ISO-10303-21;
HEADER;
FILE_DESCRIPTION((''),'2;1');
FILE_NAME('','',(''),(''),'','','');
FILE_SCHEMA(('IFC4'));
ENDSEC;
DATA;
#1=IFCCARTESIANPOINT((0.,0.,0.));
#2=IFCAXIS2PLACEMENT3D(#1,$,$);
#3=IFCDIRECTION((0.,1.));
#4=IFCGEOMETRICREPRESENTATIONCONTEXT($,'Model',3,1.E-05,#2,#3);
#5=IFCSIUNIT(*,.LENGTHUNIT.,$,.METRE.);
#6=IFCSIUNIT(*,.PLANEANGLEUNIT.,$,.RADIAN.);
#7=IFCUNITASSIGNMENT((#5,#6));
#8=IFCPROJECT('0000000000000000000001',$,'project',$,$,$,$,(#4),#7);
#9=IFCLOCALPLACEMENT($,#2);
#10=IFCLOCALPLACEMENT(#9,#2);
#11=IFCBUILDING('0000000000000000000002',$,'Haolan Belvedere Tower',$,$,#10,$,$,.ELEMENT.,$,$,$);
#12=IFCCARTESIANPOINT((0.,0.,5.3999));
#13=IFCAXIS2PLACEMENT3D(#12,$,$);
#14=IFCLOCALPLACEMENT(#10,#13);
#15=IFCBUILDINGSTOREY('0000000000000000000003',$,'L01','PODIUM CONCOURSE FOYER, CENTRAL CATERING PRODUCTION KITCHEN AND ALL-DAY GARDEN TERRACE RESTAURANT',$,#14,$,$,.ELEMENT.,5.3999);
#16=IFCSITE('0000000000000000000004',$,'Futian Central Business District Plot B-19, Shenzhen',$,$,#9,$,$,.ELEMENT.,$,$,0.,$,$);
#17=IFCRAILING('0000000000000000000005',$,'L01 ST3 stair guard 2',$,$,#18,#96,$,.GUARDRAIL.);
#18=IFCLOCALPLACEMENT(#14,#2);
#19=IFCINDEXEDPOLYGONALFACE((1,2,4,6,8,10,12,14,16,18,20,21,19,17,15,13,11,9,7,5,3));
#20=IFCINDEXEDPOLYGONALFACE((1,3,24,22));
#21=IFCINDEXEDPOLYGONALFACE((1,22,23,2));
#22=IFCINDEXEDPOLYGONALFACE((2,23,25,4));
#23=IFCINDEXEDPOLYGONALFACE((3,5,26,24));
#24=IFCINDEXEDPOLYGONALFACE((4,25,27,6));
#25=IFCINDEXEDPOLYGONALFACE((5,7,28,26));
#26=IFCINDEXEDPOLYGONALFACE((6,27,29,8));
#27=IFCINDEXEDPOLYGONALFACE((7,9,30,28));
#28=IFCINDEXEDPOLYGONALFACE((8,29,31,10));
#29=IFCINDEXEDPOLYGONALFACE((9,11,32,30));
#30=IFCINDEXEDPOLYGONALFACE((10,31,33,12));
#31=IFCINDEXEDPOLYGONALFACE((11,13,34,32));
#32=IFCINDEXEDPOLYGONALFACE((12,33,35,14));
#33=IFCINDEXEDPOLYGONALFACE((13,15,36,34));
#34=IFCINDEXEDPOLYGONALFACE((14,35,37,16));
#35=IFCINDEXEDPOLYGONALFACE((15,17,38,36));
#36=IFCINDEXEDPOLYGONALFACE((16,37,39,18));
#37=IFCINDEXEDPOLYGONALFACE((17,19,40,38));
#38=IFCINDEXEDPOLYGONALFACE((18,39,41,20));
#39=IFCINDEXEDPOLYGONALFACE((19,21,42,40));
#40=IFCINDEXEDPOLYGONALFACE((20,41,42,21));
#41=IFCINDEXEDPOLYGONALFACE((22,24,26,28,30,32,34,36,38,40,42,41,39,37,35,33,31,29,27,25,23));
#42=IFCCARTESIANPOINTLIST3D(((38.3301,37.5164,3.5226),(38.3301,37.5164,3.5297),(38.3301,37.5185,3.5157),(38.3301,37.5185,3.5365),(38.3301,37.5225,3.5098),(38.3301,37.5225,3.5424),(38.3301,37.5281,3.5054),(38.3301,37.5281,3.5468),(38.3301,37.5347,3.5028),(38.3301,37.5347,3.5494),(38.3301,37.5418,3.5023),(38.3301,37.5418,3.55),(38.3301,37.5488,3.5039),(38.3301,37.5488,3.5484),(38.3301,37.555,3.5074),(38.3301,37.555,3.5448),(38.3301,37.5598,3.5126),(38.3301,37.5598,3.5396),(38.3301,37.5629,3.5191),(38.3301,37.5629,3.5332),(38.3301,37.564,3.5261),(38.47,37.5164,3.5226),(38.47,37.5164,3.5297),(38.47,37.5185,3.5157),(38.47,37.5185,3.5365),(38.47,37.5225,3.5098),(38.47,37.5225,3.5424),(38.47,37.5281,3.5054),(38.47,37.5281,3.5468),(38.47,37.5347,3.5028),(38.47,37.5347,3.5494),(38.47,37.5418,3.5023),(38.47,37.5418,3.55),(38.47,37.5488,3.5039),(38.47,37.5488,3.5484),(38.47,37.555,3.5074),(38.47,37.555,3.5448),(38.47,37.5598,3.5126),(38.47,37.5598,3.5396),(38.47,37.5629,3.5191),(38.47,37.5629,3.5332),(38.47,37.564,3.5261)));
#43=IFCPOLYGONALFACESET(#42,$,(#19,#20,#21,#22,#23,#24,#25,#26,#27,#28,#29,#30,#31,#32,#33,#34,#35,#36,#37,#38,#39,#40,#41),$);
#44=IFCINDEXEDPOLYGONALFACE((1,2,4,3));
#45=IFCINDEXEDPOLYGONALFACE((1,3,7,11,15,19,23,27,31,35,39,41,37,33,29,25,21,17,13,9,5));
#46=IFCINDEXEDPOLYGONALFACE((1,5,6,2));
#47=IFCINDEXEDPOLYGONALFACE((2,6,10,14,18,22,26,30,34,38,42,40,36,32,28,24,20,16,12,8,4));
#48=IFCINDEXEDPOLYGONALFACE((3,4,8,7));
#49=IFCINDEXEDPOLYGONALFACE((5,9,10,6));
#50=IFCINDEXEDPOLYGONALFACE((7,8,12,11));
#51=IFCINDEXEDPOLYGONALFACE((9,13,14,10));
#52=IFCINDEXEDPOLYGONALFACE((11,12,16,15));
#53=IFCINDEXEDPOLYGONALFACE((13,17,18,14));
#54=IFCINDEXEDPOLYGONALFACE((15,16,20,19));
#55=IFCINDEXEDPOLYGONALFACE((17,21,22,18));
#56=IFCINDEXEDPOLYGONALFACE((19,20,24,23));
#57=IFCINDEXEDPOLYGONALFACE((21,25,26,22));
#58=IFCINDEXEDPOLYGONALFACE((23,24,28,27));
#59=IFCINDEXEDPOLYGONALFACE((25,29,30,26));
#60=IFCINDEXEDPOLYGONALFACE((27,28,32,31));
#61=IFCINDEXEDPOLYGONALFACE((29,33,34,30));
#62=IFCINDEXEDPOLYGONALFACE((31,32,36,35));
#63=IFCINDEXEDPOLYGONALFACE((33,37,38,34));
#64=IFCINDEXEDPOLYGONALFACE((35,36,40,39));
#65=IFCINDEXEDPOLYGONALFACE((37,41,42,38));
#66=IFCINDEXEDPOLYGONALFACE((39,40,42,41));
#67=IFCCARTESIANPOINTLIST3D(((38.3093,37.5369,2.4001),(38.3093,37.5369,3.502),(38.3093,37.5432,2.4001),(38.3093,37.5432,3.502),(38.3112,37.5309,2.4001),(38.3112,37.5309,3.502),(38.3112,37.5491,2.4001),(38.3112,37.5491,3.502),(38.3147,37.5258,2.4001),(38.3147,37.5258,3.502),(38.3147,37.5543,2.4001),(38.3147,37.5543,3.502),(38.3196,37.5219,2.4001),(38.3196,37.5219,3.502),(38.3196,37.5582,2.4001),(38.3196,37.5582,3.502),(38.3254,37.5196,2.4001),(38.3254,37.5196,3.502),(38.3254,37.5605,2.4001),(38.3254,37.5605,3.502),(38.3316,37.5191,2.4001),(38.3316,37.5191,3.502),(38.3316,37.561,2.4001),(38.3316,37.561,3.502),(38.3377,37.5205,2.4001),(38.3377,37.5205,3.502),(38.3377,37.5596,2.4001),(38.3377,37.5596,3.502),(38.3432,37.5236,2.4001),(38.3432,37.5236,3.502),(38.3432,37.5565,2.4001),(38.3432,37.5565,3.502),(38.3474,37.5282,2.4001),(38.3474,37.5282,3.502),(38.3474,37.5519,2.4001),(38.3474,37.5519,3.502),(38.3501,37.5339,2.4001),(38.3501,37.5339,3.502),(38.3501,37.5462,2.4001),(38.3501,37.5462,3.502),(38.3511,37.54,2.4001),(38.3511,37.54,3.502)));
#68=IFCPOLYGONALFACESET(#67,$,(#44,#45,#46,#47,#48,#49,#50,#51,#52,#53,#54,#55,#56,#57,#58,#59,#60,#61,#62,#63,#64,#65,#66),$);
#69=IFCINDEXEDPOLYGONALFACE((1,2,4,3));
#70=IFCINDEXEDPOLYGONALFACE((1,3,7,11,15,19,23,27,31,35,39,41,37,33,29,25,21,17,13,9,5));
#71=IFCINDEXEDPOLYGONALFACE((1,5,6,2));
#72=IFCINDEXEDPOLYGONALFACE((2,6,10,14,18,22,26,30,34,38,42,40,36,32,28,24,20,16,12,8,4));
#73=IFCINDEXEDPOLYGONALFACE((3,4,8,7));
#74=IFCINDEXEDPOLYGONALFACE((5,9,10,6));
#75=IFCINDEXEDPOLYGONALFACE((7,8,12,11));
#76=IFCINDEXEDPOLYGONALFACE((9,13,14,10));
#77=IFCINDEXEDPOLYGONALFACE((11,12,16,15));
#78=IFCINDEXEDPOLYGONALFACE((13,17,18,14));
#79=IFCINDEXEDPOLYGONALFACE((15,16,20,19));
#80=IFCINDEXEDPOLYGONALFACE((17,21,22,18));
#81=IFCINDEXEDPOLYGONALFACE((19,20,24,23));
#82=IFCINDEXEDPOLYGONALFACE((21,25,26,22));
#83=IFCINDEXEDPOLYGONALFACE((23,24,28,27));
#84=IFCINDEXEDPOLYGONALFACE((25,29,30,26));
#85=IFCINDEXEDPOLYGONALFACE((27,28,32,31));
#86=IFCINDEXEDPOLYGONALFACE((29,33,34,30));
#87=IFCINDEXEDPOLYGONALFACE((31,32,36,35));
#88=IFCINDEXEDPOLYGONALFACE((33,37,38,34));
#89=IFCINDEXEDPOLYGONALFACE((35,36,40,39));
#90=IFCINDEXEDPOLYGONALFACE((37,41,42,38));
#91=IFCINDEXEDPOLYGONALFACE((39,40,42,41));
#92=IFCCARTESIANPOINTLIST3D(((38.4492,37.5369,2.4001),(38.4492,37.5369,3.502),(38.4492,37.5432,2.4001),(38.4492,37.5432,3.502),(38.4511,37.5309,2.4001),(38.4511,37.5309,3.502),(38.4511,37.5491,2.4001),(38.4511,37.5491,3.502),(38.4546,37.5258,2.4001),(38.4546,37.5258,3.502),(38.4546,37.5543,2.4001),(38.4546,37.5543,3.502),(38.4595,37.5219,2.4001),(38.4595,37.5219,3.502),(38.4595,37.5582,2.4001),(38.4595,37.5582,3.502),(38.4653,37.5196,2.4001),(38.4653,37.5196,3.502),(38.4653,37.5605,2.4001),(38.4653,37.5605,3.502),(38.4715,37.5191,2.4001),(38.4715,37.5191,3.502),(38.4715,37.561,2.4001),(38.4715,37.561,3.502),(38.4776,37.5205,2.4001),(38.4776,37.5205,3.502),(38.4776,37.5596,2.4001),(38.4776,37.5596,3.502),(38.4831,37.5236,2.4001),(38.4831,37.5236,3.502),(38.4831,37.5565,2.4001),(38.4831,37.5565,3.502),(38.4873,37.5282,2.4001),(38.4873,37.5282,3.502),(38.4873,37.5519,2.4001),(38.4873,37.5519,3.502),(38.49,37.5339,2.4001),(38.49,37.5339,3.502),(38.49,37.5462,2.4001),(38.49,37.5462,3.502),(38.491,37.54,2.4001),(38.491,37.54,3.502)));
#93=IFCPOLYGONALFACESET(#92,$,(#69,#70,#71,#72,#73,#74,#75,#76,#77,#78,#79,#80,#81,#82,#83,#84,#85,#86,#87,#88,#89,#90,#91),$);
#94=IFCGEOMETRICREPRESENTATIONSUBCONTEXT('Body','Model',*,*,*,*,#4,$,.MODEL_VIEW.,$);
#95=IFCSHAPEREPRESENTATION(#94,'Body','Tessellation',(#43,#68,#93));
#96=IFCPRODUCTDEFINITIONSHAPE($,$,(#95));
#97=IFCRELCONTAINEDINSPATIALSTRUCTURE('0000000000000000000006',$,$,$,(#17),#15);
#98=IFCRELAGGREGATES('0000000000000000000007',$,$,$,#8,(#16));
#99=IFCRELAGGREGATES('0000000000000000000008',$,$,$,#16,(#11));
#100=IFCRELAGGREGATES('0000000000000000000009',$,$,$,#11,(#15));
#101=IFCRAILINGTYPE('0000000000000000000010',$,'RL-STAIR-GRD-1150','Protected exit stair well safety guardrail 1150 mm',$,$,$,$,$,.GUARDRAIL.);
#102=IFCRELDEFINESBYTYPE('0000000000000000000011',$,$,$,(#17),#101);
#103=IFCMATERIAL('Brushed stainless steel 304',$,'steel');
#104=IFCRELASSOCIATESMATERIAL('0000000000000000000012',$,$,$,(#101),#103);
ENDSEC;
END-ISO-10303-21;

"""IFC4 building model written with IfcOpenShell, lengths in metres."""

from ifc_helpers import new_model, si_unit, direction, frame, origin, origin_2d, place, context, subcontext, project, spatial, circle, extrude, material, type_object, element, save


model = new_model("IFC4")

# Units and contexts
model_context = context("Model", 3, precision=1e-05, world=origin(), true_north=direction((0.0, 1.0)))
body_context = subcontext(model_context, "Body", "Model", "MODEL_VIEW")
ifc_project = project(units=[si_unit("LENGTHUNIT", "METRE"), si_unit("PLANEANGLEUNIT", "RADIAN")], contexts=[model_context])

# Site, building, storey
site_placement = place(None, origin())
site = spatial("IfcSite", under=ifc_project, at=site_placement, Name="Futian Central Business District Plot B-19, Shenzhen", CompositionType="ELEMENT", RefElevation=0.0)
building_placement = place(site_placement, origin())
building = spatial("IfcBuilding", under=site, at=building_placement, Name="Haolan Belvedere Tower", CompositionType="ELEMENT")
storey_placement = place(building_placement, frame((0.0, 0.0, 5.3999)))
storey = spatial("IfcBuildingStorey", under=building, at=storey_placement, Name="L01", Description="PODIUM CONCOURSE FOYER, CENTRAL CATERING PRODUCTION KITCHEN AND ALL-DAY GARDEN TERRACE RESTAURANT", CompositionType="ELEMENT", Elevation=5.3999)

# Railing
ifc_material_1 = material(Name="Brushed stainless steel 304", Category="steel")
railing_type_1 = type_object("IfcRailingType", Name="RL-STAIR-GRD-1150", Description="Protected exit stair well safety guardrail 1150 mm", PredefinedType="GUARDRAIL", material=ifc_material_1)
railing_1_placement = place(storey_placement, frame((38.3301, 37.54, 2.4001)))
element("IfcRailing", 1, at=railing_1_placement, inside=storey, type_object=railing_type_1, Name="L01 ST3 stair guard 2", PredefinedType="GUARDRAIL", context=body_context, shape_type="SweptSolid", body=[
    extrude(circle(Radius=0.0239, at=origin_2d()), frame((0.0, 0.0, 1.126), z_axis=(1.0, 0.0, 0.0), x_axis=(0.0, 1.0, 0.0)), (0.0, 0.0, 1.0), 0.1399),
    extrude(circle(Radius=0.021, at=origin_2d()), origin(), (0.0, 0.0, 1.0), 1.1018),
    extrude(circle(Radius=0.021, at=origin_2d()), frame((0.1399, 0.0, 0.0)), (0.0, 0.0, 1.0), 1.1018),
])

save(model, "model.ifc")
